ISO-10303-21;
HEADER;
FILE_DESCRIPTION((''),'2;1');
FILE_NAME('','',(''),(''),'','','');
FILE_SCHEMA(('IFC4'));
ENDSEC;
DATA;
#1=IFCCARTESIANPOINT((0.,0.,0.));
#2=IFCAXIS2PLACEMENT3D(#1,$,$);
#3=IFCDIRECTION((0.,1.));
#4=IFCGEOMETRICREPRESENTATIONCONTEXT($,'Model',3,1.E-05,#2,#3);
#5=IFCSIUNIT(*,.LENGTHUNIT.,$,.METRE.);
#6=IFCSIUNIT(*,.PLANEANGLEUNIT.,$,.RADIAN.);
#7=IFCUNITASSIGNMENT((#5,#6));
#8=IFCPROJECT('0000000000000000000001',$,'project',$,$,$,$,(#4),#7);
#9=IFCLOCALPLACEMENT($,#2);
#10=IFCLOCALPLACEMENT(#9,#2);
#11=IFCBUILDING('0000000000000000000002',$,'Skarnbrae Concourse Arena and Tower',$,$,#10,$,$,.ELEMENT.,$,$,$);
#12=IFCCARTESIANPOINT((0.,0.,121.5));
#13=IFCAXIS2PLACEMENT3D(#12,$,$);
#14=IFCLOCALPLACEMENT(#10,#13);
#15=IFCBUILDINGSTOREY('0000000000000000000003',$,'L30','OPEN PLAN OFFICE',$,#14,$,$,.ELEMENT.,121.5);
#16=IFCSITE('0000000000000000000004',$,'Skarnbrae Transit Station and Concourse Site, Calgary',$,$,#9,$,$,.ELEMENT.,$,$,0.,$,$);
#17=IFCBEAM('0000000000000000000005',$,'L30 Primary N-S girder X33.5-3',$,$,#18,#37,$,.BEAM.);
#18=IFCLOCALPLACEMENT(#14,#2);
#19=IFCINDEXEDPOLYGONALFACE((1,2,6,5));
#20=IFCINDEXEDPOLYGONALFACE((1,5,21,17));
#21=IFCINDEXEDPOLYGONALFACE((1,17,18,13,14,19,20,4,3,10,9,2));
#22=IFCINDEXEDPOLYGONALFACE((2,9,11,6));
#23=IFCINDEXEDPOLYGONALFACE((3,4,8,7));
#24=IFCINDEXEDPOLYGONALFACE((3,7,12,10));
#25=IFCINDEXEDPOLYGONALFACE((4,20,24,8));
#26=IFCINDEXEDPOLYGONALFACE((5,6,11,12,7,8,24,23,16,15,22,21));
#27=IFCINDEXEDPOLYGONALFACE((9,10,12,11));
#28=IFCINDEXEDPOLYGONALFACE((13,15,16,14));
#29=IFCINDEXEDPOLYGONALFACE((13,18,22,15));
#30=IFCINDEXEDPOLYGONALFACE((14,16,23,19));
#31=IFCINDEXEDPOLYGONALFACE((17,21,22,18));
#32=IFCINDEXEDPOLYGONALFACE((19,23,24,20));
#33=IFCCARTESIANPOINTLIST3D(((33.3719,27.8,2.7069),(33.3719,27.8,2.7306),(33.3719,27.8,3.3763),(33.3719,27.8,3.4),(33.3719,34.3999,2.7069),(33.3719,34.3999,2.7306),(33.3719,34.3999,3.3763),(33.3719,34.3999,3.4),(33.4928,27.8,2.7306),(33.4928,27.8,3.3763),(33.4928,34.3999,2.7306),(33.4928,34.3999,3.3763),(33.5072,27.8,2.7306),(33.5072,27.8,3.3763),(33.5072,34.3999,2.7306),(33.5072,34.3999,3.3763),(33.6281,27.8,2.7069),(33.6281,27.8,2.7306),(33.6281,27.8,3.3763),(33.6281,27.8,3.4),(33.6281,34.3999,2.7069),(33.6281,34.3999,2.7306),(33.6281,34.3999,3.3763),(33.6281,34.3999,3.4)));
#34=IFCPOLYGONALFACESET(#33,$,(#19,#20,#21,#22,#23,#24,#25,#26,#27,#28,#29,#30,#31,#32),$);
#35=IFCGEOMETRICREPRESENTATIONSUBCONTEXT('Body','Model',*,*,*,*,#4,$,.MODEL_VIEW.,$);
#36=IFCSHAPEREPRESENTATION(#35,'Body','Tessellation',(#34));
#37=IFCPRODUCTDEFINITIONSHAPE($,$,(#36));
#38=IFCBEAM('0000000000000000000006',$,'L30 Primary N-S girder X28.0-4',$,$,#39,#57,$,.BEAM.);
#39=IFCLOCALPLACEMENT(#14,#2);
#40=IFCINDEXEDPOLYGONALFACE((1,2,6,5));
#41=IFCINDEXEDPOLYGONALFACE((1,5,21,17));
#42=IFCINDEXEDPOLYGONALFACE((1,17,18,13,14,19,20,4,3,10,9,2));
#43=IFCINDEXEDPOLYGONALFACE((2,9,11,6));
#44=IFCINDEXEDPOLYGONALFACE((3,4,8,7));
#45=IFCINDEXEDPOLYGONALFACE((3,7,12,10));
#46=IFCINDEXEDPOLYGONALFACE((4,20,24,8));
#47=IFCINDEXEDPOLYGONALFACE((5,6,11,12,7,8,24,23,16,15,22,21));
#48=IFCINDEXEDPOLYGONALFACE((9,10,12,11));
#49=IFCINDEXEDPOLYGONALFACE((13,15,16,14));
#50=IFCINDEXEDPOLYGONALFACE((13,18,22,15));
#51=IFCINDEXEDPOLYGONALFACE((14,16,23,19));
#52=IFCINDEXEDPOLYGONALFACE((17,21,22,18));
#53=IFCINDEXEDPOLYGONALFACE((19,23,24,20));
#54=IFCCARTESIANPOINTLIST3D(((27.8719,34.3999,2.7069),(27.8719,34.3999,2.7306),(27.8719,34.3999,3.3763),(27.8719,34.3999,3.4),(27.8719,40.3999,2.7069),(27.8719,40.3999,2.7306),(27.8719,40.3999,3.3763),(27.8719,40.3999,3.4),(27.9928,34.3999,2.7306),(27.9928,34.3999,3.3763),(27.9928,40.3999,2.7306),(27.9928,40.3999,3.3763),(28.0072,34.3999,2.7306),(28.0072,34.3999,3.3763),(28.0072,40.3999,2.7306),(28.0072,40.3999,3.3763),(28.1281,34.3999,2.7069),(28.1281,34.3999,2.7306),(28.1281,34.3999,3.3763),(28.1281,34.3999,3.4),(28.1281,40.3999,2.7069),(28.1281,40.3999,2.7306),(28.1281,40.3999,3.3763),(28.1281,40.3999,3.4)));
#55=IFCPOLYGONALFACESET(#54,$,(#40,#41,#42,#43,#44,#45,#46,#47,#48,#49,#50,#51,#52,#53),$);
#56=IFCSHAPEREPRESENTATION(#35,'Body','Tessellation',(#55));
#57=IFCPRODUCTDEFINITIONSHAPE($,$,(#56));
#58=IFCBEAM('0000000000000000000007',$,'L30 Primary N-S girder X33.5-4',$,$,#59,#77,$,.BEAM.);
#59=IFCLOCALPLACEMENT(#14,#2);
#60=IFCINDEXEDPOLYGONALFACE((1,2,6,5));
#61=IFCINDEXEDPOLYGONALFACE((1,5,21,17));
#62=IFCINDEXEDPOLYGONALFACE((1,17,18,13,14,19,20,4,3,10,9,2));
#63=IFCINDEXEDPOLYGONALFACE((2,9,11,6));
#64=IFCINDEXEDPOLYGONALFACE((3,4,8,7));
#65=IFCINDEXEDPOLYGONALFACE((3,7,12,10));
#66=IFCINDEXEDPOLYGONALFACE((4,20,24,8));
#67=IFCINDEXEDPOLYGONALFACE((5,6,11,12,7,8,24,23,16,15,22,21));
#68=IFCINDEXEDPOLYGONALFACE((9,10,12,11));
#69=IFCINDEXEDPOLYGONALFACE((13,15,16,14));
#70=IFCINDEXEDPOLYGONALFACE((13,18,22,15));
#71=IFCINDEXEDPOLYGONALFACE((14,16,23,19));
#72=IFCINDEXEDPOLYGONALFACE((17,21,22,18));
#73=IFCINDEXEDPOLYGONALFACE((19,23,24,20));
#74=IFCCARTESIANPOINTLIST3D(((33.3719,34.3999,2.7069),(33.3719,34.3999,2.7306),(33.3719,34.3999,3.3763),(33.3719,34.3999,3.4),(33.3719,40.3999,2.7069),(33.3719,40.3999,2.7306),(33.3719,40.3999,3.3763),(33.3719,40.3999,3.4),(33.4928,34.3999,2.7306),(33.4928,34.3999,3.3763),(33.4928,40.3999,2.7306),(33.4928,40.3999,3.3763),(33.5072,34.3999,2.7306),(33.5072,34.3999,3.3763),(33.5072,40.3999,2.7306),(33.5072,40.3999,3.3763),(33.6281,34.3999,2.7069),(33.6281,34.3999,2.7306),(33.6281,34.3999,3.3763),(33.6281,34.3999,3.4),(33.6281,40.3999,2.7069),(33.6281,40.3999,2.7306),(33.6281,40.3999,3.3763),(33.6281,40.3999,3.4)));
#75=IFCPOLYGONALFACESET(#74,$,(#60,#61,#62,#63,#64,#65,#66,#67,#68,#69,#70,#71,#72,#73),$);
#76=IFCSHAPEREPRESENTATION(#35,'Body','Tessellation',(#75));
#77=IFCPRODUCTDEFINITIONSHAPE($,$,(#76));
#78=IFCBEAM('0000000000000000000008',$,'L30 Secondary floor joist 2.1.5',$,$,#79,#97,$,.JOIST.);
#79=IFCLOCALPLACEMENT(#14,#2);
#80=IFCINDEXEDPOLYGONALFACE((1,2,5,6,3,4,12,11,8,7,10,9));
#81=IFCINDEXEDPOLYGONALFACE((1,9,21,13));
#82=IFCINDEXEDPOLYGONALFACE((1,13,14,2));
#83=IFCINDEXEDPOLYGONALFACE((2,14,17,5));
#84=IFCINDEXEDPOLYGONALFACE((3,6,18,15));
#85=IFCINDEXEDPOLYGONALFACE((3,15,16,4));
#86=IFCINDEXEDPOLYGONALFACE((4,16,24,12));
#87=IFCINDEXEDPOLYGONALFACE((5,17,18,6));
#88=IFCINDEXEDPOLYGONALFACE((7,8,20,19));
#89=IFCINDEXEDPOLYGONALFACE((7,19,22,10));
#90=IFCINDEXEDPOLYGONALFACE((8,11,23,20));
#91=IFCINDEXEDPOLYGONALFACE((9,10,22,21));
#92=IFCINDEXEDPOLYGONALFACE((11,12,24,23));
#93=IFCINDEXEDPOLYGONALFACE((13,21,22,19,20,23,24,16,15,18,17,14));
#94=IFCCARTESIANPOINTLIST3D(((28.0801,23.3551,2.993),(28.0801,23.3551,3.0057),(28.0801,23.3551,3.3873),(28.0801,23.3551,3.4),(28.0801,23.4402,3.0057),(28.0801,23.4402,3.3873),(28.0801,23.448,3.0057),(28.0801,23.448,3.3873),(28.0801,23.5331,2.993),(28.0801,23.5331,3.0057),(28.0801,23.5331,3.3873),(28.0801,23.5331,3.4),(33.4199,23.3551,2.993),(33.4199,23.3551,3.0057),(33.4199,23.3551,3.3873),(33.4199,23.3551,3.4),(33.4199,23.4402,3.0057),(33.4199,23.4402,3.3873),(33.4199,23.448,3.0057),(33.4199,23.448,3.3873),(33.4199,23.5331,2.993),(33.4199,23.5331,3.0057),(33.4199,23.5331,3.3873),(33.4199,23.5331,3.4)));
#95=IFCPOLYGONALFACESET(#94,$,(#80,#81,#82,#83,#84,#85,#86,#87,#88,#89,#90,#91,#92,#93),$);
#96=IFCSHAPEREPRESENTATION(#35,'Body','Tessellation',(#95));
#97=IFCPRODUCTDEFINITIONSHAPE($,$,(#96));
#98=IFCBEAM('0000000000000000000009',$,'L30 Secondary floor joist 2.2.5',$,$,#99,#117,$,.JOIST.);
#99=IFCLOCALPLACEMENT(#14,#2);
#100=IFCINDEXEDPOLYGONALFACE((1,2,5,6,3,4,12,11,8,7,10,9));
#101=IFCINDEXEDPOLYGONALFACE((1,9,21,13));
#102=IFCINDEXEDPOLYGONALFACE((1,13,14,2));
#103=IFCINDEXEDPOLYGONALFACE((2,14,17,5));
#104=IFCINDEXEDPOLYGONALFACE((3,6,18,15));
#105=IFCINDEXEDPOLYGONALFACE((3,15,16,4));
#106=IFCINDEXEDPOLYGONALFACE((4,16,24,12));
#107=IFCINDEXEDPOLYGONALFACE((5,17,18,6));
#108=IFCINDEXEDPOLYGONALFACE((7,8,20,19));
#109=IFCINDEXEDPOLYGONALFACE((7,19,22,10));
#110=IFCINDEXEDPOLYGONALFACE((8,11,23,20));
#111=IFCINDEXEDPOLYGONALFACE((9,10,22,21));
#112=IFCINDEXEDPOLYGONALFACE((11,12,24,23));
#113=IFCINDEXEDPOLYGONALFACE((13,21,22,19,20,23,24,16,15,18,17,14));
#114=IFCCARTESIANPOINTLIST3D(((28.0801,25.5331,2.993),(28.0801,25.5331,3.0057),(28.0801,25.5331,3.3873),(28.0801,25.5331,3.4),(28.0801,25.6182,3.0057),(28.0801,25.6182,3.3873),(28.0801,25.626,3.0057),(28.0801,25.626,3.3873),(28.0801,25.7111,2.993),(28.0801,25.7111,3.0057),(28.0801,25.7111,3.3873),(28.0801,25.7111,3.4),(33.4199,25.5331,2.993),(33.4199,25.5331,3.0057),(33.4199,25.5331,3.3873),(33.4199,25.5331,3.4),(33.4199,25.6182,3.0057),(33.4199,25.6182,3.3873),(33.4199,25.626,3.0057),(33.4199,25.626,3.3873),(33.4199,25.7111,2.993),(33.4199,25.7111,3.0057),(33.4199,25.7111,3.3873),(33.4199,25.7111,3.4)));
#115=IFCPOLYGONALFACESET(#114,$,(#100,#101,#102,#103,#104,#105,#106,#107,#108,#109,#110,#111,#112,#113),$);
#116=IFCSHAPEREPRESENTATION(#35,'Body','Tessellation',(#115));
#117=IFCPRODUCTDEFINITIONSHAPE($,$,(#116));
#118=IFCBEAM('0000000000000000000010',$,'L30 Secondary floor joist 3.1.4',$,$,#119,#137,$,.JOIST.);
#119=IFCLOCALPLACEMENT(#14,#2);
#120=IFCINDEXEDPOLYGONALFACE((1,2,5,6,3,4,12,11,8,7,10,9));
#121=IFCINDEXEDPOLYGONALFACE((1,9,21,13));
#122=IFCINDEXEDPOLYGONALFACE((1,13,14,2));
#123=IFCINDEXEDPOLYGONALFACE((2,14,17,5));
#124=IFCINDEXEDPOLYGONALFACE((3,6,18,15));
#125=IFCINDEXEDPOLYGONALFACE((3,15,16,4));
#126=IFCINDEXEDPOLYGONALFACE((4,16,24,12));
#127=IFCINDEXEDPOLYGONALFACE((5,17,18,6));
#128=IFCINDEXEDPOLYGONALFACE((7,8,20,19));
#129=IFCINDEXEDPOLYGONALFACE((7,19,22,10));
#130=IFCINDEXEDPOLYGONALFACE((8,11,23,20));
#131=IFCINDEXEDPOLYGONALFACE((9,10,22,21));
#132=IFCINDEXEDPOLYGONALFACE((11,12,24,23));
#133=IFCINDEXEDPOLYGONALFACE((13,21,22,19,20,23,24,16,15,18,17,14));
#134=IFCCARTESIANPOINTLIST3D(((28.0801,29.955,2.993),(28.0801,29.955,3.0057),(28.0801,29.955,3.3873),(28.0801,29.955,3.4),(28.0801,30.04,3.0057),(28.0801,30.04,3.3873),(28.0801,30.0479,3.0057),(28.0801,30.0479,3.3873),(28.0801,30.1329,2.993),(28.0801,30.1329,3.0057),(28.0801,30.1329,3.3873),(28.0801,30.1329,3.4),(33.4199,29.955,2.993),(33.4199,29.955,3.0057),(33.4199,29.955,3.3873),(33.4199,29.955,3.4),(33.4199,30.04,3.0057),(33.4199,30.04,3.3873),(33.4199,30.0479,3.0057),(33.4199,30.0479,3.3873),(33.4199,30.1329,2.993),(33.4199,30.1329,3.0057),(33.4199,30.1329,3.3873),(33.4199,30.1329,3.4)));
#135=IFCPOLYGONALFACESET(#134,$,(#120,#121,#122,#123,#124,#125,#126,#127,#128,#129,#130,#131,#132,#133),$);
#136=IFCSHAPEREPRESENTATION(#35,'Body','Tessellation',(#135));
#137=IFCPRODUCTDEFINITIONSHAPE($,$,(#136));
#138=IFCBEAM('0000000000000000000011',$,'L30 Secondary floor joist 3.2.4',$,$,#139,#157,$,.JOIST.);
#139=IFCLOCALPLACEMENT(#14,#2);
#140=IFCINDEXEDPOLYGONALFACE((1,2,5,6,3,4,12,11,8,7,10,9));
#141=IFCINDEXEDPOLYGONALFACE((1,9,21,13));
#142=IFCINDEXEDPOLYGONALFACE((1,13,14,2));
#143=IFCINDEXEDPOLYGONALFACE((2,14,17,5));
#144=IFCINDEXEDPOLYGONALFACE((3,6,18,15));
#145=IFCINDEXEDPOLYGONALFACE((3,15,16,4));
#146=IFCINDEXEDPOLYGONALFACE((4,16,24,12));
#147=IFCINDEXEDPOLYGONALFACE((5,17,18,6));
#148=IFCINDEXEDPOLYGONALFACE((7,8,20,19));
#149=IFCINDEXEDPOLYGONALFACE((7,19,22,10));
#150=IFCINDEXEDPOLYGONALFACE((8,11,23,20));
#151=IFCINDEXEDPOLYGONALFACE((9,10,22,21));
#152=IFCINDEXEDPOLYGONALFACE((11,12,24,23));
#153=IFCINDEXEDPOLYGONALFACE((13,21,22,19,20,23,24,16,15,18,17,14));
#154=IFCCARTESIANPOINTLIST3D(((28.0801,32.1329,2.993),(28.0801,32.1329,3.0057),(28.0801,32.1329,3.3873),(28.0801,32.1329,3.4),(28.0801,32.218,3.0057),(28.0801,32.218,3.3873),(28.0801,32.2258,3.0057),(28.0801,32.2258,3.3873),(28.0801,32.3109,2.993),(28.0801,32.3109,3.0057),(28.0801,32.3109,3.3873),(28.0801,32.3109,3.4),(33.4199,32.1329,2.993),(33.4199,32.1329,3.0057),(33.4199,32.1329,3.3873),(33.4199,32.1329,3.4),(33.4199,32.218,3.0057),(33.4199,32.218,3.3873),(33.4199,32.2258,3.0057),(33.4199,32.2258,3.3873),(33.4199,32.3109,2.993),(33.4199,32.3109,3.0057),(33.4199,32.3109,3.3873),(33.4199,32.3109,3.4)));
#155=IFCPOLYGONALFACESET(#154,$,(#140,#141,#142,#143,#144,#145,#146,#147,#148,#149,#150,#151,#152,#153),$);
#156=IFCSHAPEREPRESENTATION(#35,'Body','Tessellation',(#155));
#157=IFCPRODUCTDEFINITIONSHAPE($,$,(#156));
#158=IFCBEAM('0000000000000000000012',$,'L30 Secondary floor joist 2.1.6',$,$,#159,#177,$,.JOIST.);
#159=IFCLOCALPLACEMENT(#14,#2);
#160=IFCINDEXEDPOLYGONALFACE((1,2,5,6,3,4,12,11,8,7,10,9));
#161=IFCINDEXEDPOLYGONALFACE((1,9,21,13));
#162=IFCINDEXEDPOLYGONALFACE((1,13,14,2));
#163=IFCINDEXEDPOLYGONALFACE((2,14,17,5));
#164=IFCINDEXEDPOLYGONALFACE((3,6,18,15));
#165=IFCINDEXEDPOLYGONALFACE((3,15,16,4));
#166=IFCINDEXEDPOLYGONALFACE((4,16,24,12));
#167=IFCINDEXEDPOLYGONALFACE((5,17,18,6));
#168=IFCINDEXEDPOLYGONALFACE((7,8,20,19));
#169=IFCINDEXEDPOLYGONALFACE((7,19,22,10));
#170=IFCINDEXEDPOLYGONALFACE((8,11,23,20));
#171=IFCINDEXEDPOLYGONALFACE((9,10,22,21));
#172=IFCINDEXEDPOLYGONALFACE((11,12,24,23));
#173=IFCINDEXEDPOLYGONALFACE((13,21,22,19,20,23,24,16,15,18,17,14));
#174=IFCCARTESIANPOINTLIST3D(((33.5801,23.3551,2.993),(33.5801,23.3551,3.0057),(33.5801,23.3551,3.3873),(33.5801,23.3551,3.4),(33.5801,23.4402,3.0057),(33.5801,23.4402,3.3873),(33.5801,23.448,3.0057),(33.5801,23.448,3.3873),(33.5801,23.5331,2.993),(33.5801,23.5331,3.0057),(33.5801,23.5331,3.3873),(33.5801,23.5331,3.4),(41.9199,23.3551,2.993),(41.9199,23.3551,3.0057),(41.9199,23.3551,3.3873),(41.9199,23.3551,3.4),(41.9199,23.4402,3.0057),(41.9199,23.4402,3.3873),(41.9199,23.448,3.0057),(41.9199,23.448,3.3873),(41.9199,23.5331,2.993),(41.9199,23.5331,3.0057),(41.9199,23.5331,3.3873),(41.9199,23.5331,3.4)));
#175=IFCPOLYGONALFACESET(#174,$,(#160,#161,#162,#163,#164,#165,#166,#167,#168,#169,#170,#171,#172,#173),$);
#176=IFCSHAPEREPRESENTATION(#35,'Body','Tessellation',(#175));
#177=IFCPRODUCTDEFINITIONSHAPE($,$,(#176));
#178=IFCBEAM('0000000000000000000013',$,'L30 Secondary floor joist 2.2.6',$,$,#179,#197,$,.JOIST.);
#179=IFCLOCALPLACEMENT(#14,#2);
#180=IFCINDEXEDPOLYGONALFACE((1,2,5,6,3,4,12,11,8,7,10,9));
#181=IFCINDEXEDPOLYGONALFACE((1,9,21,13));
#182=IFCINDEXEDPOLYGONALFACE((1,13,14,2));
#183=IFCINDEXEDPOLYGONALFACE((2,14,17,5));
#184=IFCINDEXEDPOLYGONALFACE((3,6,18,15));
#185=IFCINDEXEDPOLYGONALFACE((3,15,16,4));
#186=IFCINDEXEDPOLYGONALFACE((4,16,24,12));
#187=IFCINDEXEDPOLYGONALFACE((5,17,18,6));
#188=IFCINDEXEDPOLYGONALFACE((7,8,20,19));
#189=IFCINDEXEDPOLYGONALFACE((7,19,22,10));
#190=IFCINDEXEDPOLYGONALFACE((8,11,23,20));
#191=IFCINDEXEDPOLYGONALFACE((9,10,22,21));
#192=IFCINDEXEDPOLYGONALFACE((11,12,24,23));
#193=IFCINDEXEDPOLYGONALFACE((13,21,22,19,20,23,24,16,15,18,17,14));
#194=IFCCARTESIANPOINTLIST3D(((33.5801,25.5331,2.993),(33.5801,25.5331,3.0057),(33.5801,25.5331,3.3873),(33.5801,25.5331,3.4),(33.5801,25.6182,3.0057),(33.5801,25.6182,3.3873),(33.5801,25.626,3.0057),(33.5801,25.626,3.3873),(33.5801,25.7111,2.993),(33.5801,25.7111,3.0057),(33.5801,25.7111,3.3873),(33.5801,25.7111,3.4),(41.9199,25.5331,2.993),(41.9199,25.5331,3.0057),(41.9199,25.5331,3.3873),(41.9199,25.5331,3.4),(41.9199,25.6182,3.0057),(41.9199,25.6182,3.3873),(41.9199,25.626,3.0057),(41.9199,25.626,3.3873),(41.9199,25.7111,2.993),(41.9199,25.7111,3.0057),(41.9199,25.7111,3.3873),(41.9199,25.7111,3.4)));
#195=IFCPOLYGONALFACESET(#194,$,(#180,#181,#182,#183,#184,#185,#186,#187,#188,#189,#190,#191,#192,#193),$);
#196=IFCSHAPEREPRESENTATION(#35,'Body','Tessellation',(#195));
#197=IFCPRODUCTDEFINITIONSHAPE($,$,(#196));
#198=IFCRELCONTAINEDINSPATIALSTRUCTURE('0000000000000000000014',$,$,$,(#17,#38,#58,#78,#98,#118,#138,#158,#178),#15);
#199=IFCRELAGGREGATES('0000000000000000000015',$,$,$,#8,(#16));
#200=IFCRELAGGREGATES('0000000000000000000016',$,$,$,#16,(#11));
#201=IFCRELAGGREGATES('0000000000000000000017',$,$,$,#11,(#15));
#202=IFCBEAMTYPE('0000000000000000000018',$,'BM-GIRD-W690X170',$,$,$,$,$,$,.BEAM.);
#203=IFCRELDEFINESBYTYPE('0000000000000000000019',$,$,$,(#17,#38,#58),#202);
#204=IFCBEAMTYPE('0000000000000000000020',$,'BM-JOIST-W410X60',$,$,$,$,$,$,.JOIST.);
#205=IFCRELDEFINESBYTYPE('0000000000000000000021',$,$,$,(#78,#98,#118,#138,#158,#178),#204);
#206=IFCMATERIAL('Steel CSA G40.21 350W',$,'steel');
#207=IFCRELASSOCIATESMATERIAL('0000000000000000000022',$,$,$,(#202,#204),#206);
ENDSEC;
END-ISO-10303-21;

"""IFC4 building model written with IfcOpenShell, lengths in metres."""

from ifc_helpers import new_model, si_unit, direction, frame, origin, origin_2d, place, context, subcontext, project, spatial, i_section, extrude, source, transform, mapped, material, material_profile, profile_set, type_object, element, save


model = new_model("IFC4")

# Units and contexts
model_context = context("Model", 3, precision=1e-05, world=origin(), true_north=direction((0.0, 1.0)))
body_context = subcontext(model_context, "Body", "Model", "MODEL_VIEW")
ifc_project = project(units=[si_unit("LENGTHUNIT", "METRE"), si_unit("PLANEANGLEUNIT", "RADIAN")], contexts=[model_context])

# Site, building, storey
site_placement = place(None, origin())
site = spatial("IfcSite", under=ifc_project, at=site_placement, Name="Skarnbrae Transit Station and Concourse Site, Calgary", CompositionType="ELEMENT", RefElevation=0.0)
building_placement = place(site_placement, origin())
building = spatial("IfcBuilding", under=site, at=building_placement, Name="Skarnbrae Concourse Arena and Tower", CompositionType="ELEMENT")
storey_placement = place(building_placement, frame((0.0, 0.0, 121.5)))
storey = spatial("IfcBuildingStorey", under=building, at=storey_placement, Name="L30", Description="OPEN PLAN OFFICE", CompositionType="ELEMENT", Elevation=121.5)

# Shared definitions
ifc_material_1 = material(Name="Steel CSA G40.21 350W", Category="steel")

# Beams
ifc_material_profile_1 = material_profile(ifc_material_1, i_section(OverallWidth=0.2561, OverallDepth=0.6931, WebThickness=0.0144, FlangeThickness=0.0237, at=origin_2d()), Name="W690X170")
ifc_profile_set_1 = profile_set([ifc_material_profile_1], Name="Steel CSA G40.21 350W")
beam_type_1 = type_object("IfcBeamType", Name="BM-GIRD-W690X170", PredefinedType="BEAM", material=ifc_profile_set_1)
shared_shape_1 = source(origin(), body_context, "Body", "SweptSolid", [
    extrude(i_section(OverallWidth=0.2561, OverallDepth=0.6931, WebThickness=0.0144, FlangeThickness=0.0237, at=origin_2d()), origin(), (0.0, 0.0, 1.0), 6.5999),
])
for number, where, z_axis, x_axis, name in (
    (1, (33.5, 27.8, 3.0535), (0.0, 1.0, 0.0), (-1.0, 0.0, 0.0), "L30 Primary N-S girder X33.5-3"),
):
    element("IfcBeam", number, at=place(storey_placement, frame(where, z_axis=z_axis, x_axis=x_axis)), inside=storey, type_object=beam_type_1, Name=name, PredefinedType="BEAM", context=body_context, shape_type="MappedRepresentation", body=[
        mapped(shared_shape_1, transform((0.0, 0.0, 0.0))),
    ])
shared_shape_2 = source(origin(), body_context, "Body", "SweptSolid", [
    extrude(i_section(OverallWidth=0.2561, OverallDepth=0.6931, WebThickness=0.0144, FlangeThickness=0.0237, at=origin_2d()), origin(), (0.0, 0.0, 1.0), 6.0),
])
for number, where, z_axis, x_axis, name in (
    (2, (28.0, 34.3999, 3.0535), (0.0, 1.0, 0.0), (-1.0, 0.0, 0.0), "L30 Primary N-S girder X28.0-4"),
    (3, (33.5, 34.3999, 3.0535), (0.0, 1.0, 0.0), (-1.0, 0.0, 0.0), "L30 Primary N-S girder X33.5-4"),
):
    element("IfcBeam", number, at=place(storey_placement, frame(where, z_axis=z_axis, x_axis=x_axis)), inside=storey, type_object=beam_type_1, Name=name, PredefinedType="BEAM", context=body_context, shape_type="MappedRepresentation", body=[
        mapped(shared_shape_2, transform((0.0, 0.0, 0.0))),
    ])
ifc_material_profile_2 = material_profile(ifc_material_1, i_section(OverallWidth=0.178, OverallDepth=0.407, WebThickness=0.0078, FlangeThickness=0.0127, at=origin_2d()), Name="W410X60")
ifc_profile_set_2 = profile_set([ifc_material_profile_2], Name="Steel CSA G40.21 350W")
beam_type_2 = type_object("IfcBeamType", Name="BM-JOIST-W410X60", PredefinedType="JOIST", material=ifc_profile_set_2)
shared_shape_3 = source(origin(), body_context, "Body", "SweptSolid", [
    extrude(i_section(OverallWidth=0.178, OverallDepth=0.407, WebThickness=0.0078, FlangeThickness=0.0127, at=origin_2d()), origin(), (0.0, 0.0, 1.0), 5.3398),
])
for number, where, z_axis, x_axis, name in (
    (4, (28.0801, 23.4441, 3.1965), (1.0, 0.0, 0.0), (0.0, 1.0, 0.0), "L30 Secondary floor joist 2.1.5"),
    (5, (28.0801, 25.6221, 3.1965), (1.0, 0.0, 0.0), (0.0, 1.0, 0.0), "L30 Secondary floor joist 2.2.5"),
    (6, (28.0801, 30.0439, 3.1965), (1.0, 0.0, 0.0), (0.0, 1.0, 0.0), "L30 Secondary floor joist 3.1.4"),
    (7, (28.0801, 32.2219, 3.1965), (1.0, 0.0, 0.0), (0.0, 1.0, 0.0), "L30 Secondary floor joist 3.2.4"),
):
    element("IfcBeam", number, at=place(storey_placement, frame(where, z_axis=z_axis, x_axis=x_axis)), inside=storey, type_object=beam_type_2, Name=name, PredefinedType="JOIST", context=body_context, shape_type="MappedRepresentation", body=[
        mapped(shared_shape_3, transform((0.0, 0.0, 0.0))),
    ])
shared_shape_4 = source(origin(), body_context, "Body", "SweptSolid", [
    extrude(i_section(OverallWidth=0.178, OverallDepth=0.407, WebThickness=0.0078, FlangeThickness=0.0127, at=origin_2d()), origin(), (0.0, 0.0, 1.0), 8.3398),
])
for number, where, z_axis, x_axis, name in (
    (8, (33.5801, 23.4441, 3.1965), (1.0, 0.0, 0.0), (0.0, 1.0, 0.0), "L30 Secondary floor joist 2.1.6"),
    (9, (33.5801, 25.6221, 3.1965), (1.0, 0.0, 0.0), (0.0, 1.0, 0.0), "L30 Secondary floor joist 2.2.6"),
):
    element("IfcBeam", number, at=place(storey_placement, frame(where, z_axis=z_axis, x_axis=x_axis)), inside=storey, type_object=beam_type_2, Name=name, PredefinedType="JOIST", context=body_context, shape_type="MappedRepresentation", body=[
        mapped(shared_shape_4, transform((0.0, 0.0, 0.0))),
    ])

save(model, "model.ifc")
